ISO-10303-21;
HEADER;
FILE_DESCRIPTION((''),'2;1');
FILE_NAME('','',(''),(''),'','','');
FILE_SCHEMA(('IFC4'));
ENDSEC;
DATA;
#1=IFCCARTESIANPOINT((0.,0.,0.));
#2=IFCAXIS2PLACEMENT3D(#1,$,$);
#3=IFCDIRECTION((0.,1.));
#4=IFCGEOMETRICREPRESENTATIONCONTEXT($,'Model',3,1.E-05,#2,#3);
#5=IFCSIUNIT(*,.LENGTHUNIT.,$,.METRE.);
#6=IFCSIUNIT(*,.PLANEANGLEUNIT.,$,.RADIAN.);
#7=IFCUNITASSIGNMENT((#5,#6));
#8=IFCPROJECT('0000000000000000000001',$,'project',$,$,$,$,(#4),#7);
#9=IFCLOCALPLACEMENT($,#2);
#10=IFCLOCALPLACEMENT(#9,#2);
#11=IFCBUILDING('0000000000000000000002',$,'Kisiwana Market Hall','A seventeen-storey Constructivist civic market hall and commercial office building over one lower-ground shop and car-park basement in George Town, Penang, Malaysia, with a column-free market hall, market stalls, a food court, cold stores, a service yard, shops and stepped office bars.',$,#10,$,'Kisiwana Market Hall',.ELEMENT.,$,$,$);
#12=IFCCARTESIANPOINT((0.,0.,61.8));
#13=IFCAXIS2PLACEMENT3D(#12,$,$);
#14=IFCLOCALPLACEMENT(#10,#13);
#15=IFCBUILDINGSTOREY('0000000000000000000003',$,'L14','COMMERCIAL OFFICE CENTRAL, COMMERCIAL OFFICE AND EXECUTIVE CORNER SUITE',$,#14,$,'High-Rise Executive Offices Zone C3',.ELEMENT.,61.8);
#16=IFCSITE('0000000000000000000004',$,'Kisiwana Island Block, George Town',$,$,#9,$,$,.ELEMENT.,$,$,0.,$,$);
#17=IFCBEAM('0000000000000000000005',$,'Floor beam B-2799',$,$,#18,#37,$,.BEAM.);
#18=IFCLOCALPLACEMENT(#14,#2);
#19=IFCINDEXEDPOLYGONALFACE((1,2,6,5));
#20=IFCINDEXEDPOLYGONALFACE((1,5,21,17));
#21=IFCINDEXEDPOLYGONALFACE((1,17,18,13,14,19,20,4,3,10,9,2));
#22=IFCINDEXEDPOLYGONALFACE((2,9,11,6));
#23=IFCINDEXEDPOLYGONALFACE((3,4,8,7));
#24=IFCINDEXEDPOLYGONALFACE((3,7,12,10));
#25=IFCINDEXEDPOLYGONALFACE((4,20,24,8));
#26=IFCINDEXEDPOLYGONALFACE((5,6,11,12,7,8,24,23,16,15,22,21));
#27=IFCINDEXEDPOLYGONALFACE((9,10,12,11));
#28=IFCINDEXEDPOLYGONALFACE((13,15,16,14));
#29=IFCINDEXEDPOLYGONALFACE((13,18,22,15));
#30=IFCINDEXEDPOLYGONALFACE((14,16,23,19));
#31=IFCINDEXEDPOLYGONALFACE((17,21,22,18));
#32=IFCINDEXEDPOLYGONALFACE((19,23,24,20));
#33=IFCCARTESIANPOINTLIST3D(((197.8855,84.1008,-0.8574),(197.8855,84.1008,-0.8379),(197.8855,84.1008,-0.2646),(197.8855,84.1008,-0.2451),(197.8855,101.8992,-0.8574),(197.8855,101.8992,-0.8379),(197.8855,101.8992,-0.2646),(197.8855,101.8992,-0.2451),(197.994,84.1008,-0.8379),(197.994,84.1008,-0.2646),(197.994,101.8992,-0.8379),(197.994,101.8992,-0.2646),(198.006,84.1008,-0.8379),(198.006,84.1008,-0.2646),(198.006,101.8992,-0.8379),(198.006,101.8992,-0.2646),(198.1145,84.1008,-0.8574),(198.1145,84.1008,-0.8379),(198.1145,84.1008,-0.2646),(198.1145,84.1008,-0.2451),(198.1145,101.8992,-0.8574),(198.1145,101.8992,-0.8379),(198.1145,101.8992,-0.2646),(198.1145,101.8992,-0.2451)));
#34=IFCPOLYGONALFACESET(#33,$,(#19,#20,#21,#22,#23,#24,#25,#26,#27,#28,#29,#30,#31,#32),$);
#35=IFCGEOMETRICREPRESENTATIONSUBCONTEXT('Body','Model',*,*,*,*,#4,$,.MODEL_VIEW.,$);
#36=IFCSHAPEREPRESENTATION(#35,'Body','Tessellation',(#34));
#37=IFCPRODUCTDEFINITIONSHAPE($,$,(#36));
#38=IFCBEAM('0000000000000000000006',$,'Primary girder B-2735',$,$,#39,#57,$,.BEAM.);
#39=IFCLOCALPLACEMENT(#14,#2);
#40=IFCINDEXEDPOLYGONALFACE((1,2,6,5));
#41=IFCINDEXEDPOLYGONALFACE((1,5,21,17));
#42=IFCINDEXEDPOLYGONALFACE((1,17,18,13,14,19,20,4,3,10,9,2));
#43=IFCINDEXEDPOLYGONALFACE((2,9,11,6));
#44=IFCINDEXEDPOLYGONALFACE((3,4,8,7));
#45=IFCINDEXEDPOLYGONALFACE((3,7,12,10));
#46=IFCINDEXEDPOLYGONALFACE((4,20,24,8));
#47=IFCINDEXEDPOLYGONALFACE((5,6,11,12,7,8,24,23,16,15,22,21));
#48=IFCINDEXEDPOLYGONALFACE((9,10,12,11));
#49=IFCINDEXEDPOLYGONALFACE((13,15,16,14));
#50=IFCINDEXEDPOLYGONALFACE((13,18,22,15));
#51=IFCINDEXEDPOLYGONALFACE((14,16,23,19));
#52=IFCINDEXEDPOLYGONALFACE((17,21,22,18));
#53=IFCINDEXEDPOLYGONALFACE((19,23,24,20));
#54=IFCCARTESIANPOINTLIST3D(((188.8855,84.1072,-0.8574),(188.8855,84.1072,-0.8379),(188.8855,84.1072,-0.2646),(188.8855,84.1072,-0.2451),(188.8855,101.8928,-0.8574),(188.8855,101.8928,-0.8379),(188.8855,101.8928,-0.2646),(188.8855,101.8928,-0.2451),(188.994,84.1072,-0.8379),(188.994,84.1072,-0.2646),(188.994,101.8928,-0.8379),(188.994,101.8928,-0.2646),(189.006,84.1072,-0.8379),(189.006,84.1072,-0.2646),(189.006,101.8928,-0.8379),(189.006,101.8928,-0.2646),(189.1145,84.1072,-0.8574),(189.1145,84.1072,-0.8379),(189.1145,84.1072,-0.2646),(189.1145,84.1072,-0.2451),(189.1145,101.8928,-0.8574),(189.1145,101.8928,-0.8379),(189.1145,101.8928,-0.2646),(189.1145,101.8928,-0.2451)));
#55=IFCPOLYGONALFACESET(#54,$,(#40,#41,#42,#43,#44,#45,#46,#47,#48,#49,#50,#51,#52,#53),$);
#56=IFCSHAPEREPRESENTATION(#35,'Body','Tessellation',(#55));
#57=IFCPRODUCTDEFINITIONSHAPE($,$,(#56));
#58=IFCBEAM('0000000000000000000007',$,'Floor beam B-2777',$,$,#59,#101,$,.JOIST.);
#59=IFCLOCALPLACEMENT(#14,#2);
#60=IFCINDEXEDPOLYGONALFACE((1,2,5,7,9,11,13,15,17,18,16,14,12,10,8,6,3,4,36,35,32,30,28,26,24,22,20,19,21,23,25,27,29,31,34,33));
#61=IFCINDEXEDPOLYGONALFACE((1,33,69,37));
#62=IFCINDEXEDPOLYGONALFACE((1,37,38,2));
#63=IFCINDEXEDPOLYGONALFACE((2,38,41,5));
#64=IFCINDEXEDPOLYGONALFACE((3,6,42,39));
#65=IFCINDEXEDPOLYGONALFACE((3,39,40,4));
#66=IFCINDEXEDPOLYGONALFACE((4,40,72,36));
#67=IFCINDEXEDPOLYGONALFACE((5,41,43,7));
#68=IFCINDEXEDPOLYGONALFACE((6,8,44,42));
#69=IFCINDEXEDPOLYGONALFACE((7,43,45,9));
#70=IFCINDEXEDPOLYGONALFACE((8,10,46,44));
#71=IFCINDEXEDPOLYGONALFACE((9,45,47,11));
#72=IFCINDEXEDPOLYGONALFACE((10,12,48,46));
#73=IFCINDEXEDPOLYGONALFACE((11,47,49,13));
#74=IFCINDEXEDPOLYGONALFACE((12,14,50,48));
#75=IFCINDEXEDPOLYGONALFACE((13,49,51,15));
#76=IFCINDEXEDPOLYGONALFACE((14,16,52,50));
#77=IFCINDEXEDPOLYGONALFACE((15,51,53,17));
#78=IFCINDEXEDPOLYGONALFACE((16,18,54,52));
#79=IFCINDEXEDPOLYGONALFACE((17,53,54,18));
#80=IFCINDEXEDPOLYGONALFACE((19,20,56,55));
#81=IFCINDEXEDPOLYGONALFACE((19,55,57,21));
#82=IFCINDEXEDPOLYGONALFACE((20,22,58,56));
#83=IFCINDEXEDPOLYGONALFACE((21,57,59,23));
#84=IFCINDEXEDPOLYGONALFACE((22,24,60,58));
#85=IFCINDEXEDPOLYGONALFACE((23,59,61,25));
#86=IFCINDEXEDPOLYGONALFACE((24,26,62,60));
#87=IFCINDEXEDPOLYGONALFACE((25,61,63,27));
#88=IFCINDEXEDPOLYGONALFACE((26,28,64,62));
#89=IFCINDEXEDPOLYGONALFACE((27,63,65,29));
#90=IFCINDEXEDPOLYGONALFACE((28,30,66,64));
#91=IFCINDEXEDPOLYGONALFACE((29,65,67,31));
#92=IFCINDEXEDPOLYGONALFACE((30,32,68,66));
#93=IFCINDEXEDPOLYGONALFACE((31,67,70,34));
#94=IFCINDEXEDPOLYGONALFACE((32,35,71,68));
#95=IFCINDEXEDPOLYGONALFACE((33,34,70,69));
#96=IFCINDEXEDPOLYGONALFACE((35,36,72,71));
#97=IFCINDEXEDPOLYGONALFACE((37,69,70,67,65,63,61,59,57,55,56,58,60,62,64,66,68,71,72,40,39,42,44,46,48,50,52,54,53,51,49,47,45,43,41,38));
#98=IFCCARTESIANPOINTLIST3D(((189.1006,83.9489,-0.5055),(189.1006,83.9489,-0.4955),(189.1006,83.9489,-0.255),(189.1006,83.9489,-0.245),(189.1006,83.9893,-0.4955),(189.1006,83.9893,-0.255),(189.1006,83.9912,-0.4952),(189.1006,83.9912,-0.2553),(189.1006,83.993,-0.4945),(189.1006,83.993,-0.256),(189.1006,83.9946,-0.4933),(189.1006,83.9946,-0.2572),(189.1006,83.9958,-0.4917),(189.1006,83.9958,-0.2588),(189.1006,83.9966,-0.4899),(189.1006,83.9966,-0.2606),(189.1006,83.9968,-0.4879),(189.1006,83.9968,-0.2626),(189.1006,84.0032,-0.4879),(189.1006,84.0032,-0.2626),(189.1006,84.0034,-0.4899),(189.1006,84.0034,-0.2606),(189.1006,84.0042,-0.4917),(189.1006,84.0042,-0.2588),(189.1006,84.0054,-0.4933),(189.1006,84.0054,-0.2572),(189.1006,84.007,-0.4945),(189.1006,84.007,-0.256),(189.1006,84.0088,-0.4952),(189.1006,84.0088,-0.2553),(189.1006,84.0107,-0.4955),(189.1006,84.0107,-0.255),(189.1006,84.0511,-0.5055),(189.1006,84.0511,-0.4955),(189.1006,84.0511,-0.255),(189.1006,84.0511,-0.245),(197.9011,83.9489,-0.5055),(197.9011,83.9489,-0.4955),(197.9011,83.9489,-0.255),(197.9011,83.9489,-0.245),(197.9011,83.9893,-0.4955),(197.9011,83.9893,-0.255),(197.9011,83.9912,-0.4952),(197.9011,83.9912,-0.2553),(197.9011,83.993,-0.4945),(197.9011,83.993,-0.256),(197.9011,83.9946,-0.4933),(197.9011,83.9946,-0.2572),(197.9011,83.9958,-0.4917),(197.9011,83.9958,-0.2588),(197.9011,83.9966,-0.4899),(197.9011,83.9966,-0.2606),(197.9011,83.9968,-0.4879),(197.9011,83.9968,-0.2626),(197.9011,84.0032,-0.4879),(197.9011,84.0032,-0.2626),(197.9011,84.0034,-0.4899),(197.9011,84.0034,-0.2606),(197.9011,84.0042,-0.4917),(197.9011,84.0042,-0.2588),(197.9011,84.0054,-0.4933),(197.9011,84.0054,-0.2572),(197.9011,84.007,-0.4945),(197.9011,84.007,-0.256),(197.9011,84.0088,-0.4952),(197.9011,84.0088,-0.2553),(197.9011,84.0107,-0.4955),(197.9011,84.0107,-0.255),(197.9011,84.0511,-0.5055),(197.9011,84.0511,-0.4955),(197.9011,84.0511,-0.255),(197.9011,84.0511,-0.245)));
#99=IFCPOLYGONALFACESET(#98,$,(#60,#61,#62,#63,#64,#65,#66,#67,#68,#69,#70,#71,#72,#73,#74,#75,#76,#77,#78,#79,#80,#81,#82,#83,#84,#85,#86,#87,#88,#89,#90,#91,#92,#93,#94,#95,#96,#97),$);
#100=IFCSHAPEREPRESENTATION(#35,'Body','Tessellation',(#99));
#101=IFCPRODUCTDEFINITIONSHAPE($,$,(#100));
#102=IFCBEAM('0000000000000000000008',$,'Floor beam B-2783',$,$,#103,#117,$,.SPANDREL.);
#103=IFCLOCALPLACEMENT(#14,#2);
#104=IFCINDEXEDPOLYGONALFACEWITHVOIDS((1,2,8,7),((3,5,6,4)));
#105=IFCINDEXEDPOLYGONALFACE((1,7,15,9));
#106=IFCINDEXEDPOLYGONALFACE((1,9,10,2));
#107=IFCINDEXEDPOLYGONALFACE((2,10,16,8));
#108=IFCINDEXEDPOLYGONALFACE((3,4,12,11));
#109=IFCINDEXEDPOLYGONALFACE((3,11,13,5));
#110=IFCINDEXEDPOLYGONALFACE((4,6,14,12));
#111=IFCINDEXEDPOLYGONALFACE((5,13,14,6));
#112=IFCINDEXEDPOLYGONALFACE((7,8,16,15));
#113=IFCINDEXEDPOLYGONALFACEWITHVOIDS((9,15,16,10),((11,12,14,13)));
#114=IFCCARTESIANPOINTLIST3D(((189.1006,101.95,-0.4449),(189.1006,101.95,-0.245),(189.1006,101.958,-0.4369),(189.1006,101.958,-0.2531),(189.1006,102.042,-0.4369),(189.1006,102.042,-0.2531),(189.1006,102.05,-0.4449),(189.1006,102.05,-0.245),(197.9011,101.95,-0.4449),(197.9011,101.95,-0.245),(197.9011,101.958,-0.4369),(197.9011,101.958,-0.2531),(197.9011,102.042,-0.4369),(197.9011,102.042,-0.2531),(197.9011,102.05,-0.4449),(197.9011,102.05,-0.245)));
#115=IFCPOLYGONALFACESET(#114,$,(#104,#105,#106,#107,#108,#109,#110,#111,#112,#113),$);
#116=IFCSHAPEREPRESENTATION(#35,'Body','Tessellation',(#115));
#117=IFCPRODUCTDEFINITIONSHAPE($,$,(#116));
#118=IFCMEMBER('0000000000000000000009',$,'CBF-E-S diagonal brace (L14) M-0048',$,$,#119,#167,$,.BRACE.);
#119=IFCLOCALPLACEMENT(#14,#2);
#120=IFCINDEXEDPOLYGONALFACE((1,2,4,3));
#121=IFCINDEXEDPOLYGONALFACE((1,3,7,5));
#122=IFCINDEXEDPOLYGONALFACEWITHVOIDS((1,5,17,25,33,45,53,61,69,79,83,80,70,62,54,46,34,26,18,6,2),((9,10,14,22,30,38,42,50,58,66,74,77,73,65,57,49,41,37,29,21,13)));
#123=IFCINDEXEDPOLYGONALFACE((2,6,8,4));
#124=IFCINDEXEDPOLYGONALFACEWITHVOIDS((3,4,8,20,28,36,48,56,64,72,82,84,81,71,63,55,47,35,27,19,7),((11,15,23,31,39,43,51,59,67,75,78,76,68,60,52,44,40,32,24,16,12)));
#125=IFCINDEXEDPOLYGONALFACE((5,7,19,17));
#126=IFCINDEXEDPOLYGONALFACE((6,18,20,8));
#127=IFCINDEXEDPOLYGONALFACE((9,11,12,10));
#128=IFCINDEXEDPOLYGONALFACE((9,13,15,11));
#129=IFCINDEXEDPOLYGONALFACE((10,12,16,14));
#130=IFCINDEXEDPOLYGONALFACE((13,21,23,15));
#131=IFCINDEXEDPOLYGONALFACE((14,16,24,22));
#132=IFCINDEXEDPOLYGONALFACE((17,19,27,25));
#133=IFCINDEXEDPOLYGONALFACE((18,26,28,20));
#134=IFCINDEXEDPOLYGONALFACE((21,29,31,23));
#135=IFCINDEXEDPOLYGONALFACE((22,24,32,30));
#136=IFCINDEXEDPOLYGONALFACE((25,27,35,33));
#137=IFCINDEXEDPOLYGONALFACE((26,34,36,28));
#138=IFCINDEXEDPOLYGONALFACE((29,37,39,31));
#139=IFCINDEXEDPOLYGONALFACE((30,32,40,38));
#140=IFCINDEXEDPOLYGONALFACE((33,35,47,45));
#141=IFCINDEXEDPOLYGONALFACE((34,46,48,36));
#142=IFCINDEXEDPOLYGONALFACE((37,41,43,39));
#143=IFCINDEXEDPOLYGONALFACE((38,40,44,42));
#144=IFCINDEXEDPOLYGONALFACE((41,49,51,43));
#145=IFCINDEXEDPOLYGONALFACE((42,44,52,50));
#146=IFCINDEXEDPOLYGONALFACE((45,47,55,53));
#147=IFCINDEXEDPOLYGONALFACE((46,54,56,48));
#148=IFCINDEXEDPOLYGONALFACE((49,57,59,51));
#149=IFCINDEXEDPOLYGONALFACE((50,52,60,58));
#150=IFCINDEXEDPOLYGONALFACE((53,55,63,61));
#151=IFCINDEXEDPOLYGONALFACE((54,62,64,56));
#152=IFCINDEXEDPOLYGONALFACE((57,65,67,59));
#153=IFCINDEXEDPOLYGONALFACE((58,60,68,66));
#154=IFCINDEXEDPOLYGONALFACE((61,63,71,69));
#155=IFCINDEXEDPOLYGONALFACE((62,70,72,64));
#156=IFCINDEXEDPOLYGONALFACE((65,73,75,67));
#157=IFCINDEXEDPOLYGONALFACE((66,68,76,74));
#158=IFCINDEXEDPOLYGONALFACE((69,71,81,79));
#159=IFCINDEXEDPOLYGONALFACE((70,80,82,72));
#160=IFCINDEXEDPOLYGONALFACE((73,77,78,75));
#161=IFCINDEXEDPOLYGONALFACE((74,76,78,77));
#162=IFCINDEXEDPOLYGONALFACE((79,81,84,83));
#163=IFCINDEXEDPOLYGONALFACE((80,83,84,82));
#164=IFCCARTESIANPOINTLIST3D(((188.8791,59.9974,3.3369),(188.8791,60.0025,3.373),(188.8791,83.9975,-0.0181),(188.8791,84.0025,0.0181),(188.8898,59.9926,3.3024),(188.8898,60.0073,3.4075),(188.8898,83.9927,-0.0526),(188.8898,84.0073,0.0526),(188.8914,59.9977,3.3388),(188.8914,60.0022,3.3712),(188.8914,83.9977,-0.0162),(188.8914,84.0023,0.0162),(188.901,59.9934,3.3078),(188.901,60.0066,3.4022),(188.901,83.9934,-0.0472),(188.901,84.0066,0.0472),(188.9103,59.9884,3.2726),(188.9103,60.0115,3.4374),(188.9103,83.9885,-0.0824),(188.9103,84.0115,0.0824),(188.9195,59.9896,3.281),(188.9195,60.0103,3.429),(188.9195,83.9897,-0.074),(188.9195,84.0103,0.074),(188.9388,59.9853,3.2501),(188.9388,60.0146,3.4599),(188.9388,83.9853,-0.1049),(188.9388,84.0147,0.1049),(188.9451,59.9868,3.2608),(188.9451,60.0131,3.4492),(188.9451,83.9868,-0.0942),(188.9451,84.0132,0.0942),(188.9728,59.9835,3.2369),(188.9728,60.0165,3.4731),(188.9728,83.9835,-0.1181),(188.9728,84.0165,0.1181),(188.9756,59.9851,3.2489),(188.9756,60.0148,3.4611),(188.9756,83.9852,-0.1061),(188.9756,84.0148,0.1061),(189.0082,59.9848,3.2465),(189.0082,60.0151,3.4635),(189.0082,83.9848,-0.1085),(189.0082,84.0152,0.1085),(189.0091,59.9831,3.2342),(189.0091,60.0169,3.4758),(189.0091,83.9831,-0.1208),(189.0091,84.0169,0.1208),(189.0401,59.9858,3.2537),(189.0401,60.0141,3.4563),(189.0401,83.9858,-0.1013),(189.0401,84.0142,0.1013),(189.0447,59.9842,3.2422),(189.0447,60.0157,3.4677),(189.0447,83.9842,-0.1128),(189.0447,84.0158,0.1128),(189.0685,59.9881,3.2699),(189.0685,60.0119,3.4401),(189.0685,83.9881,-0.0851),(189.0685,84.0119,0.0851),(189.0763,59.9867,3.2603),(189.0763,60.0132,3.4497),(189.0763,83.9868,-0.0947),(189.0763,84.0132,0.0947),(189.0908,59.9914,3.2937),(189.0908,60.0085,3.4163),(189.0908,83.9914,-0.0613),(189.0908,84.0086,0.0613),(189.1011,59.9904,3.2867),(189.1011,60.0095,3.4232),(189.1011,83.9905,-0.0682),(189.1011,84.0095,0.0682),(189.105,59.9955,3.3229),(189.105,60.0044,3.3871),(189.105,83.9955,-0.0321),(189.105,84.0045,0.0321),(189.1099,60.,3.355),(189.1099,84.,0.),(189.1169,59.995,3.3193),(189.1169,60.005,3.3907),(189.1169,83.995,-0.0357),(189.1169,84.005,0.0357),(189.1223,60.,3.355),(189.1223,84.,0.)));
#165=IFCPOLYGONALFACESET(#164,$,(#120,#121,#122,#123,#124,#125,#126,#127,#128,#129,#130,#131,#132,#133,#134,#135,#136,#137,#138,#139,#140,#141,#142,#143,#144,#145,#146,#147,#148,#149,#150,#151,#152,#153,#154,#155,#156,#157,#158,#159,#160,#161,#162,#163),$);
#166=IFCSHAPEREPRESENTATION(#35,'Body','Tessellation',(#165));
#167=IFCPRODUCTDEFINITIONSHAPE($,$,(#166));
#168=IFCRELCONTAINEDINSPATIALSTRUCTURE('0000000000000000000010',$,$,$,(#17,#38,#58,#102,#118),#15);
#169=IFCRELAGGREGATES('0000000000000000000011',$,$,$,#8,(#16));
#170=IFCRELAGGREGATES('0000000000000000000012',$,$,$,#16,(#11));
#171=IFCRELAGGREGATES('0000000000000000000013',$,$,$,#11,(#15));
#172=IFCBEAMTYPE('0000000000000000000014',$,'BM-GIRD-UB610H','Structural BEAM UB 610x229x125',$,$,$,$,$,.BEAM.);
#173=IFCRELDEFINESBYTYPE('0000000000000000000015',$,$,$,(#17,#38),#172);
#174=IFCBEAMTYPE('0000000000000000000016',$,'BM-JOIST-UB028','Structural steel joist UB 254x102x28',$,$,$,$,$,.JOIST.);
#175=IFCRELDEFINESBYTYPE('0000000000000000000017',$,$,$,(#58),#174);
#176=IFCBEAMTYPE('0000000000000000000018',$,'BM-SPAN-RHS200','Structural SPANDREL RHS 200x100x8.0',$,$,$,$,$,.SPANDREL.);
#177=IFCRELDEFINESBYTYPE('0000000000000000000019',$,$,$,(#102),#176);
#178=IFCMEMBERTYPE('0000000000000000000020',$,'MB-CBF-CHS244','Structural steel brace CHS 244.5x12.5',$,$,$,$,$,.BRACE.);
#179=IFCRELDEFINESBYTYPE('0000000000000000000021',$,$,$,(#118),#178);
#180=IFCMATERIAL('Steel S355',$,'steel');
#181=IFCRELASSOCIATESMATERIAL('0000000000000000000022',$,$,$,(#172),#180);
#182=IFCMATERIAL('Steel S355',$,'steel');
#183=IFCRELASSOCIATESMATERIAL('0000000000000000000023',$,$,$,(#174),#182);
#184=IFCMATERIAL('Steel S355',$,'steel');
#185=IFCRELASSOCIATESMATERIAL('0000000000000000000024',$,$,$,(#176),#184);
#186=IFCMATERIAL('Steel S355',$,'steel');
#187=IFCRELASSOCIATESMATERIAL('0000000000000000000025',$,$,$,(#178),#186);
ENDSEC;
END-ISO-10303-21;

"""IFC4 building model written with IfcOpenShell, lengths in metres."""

from ifc_helpers import new_model, si_unit, direction, frame, origin, origin_2d, place, context, subcontext, project, spatial, hollow_rectangle, hollow_circle, i_section, extrude, material, material_profile, profile_set, type_object, element, save


model = new_model("IFC4")

# Units and contexts
model_context = context("Model", 3, precision=1e-05, world=origin(), true_north=direction((0.0, 1.0)))
body_context = subcontext(model_context, "Body", "Model", "MODEL_VIEW")
ifc_project = project(units=[si_unit("LENGTHUNIT", "METRE"), si_unit("PLANEANGLEUNIT", "RADIAN")], contexts=[model_context])

# Site, building, storey
site_placement = place(None, origin())
site = spatial("IfcSite", under=ifc_project, at=site_placement, Name="Kisiwana Island Block, George Town", CompositionType="ELEMENT", RefElevation=0.0)
building_placement = place(site_placement, origin())
building = spatial("IfcBuilding", under=site, at=building_placement, Name="Kisiwana Market Hall", Description="A seventeen-storey Constructivist civic market hall and commercial office building over one lower-ground shop and car-park basement in George Town, Penang, Malaysia, with a column-free market hall, market stalls, a food court, cold stores, a service yard, shops and stepped office bars.", LongName="Kisiwana Market Hall", CompositionType="ELEMENT")
storey_placement = place(building_placement, frame((0.0, 0.0, 61.8)))
storey = spatial("IfcBuildingStorey", under=building, at=storey_placement, Name="L14", Description="COMMERCIAL OFFICE CENTRAL, COMMERCIAL OFFICE AND EXECUTIVE CORNER SUITE", LongName="High-Rise Executive Offices Zone C3", CompositionType="ELEMENT", Elevation=61.8)

# Beams
ifc_material_1 = material(Name="Steel S355", Category="steel")
ifc_material_profile_1 = material_profile(ifc_material_1, i_section(OverallWidth=0.229, OverallDepth=0.6123, WebThickness=0.012, FlangeThickness=0.0195, at=origin_2d()), Name="UB 610x229x125")
ifc_profile_set_1 = profile_set([ifc_material_profile_1], Name="Steel S355")
beam_type_1 = type_object("IfcBeamType", Name="BM-GIRD-UB610H", Description="Structural BEAM UB 610x229x125", PredefinedType="BEAM", material=ifc_profile_set_1)
beam_1_placement = place(storey_placement, frame((198.0, 84.1008, -0.5513), z_axis=(0.0, 1.0, 0.0), x_axis=(-1.0, 0.0, 0.0)))
element("IfcBeam", 1, at=beam_1_placement, inside=storey, type_object=beam_type_1, Name="Floor beam B-2799", PredefinedType="BEAM", context=body_context, shape_type="SweptSolid", body=[
    extrude(i_section(OverallWidth=0.229, OverallDepth=0.6123, WebThickness=0.012, FlangeThickness=0.0195, at=origin_2d()), origin(), (0.0, 0.0, 1.0), 17.7983),
])
beam_2_placement = place(storey_placement, frame((189.0, 84.1072, -0.5513), z_axis=(0.0, 1.0, 0.0), x_axis=(-1.0, 0.0, 0.0)))
element("IfcBeam", 2, at=beam_2_placement, inside=storey, type_object=beam_type_1, Name="Primary girder B-2735", PredefinedType="BEAM", context=body_context, shape_type="SweptSolid", body=[
    extrude(i_section(OverallWidth=0.229, OverallDepth=0.6123, WebThickness=0.012, FlangeThickness=0.0195, at=origin_2d()), origin(), (0.0, 0.0, 1.0), 17.7856),
])
ifc_material_2 = material(Name="Steel S355", Category="steel")
ifc_material_profile_2 = material_profile(ifc_material_2, i_section(OverallWidth=0.1023, OverallDepth=0.2605, WebThickness=0.0063, FlangeThickness=0.01, FilletRadius=0.0076, at=origin_2d()), Name="UB 254x102x28")
ifc_profile_set_2 = profile_set([ifc_material_profile_2], Name="Steel S355")
beam_type_2 = type_object("IfcBeamType", Name="BM-JOIST-UB028", Description="Structural steel joist UB 254x102x28", PredefinedType="JOIST", material=ifc_profile_set_2)
beam_3_placement = place(storey_placement, frame((189.1006, 84.0, -0.3752), z_axis=(1.0, 0.0, 0.0), x_axis=(0.0, 1.0, 0.0)))
element("IfcBeam", 3, at=beam_3_placement, inside=storey, type_object=beam_type_2, Name="Floor beam B-2777", PredefinedType="JOIST", context=body_context, shape_type="SweptSolid", body=[
    extrude(i_section(OverallWidth=0.1023, OverallDepth=0.2605, WebThickness=0.0063, FlangeThickness=0.01, FilletRadius=0.0076, at=origin_2d()), origin(), (0.0, 0.0, 1.0), 8.8005),
])
ifc_material_3 = material(Name="Steel S355", Category="steel")
ifc_material_profile_3 = material_profile(ifc_material_3, hollow_rectangle(XDim=0.1001, YDim=0.2, WallThickness=0.0081, at=origin_2d()), Name="RHS 200x100x8.0")
ifc_profile_set_3 = profile_set([ifc_material_profile_3], Name="Steel S355")
beam_type_3 = type_object("IfcBeamType", Name="BM-SPAN-RHS200", Description="Structural SPANDREL RHS 200x100x8.0", PredefinedType="SPANDREL", material=ifc_profile_set_3)
beam_4_placement = place(storey_placement, frame((189.1006, 102.0, -0.345), z_axis=(1.0, 0.0, 0.0), x_axis=(0.0, 1.0, 0.0)))
element("IfcBeam", 4, at=beam_4_placement, inside=storey, type_object=beam_type_3, Name="Floor beam B-2783", PredefinedType="SPANDREL", context=body_context, shape_type="SweptSolid", body=[
    extrude(hollow_rectangle(XDim=0.1001, YDim=0.2, WallThickness=0.0081, at=origin_2d()), origin(), (0.0, 0.0, 1.0), 8.8005),
])

# Member
ifc_material_4 = material(Name="Steel S355", Category="steel")
ifc_material_profile_4 = material_profile(ifc_material_4, hollow_circle(Radius=0.1223, WallThickness=0.0125, at=origin_2d()), Name="CHS 244.5x12.5")
ifc_profile_set_4 = profile_set([ifc_material_profile_4], Name="Steel S355")
member_type = type_object("IfcMemberType", Name="MB-CBF-CHS244", Description="Structural steel brace CHS 244.5x12.5", PredefinedType="BRACE", material=ifc_profile_set_4)
member_placement = place(storey_placement, frame((189.0, 84.0, 0.0), z_axis=(0.0, -0.99037, 0.138445), x_axis=(1.0, 0.0, 0.0)))
element("IfcMember", 5, at=member_placement, inside=storey, type_object=member_type, Name="CBF-E-S diagonal brace (L14) M-0048", PredefinedType="BRACE", context=body_context, shape_type="SweptSolid", body=[
    extrude(hollow_circle(Radius=0.1223, WallThickness=0.0125, at=origin_2d()), origin(), (0.0, 0.0, 1.0), 24.2334),
])

save(model, "model.ifc")
